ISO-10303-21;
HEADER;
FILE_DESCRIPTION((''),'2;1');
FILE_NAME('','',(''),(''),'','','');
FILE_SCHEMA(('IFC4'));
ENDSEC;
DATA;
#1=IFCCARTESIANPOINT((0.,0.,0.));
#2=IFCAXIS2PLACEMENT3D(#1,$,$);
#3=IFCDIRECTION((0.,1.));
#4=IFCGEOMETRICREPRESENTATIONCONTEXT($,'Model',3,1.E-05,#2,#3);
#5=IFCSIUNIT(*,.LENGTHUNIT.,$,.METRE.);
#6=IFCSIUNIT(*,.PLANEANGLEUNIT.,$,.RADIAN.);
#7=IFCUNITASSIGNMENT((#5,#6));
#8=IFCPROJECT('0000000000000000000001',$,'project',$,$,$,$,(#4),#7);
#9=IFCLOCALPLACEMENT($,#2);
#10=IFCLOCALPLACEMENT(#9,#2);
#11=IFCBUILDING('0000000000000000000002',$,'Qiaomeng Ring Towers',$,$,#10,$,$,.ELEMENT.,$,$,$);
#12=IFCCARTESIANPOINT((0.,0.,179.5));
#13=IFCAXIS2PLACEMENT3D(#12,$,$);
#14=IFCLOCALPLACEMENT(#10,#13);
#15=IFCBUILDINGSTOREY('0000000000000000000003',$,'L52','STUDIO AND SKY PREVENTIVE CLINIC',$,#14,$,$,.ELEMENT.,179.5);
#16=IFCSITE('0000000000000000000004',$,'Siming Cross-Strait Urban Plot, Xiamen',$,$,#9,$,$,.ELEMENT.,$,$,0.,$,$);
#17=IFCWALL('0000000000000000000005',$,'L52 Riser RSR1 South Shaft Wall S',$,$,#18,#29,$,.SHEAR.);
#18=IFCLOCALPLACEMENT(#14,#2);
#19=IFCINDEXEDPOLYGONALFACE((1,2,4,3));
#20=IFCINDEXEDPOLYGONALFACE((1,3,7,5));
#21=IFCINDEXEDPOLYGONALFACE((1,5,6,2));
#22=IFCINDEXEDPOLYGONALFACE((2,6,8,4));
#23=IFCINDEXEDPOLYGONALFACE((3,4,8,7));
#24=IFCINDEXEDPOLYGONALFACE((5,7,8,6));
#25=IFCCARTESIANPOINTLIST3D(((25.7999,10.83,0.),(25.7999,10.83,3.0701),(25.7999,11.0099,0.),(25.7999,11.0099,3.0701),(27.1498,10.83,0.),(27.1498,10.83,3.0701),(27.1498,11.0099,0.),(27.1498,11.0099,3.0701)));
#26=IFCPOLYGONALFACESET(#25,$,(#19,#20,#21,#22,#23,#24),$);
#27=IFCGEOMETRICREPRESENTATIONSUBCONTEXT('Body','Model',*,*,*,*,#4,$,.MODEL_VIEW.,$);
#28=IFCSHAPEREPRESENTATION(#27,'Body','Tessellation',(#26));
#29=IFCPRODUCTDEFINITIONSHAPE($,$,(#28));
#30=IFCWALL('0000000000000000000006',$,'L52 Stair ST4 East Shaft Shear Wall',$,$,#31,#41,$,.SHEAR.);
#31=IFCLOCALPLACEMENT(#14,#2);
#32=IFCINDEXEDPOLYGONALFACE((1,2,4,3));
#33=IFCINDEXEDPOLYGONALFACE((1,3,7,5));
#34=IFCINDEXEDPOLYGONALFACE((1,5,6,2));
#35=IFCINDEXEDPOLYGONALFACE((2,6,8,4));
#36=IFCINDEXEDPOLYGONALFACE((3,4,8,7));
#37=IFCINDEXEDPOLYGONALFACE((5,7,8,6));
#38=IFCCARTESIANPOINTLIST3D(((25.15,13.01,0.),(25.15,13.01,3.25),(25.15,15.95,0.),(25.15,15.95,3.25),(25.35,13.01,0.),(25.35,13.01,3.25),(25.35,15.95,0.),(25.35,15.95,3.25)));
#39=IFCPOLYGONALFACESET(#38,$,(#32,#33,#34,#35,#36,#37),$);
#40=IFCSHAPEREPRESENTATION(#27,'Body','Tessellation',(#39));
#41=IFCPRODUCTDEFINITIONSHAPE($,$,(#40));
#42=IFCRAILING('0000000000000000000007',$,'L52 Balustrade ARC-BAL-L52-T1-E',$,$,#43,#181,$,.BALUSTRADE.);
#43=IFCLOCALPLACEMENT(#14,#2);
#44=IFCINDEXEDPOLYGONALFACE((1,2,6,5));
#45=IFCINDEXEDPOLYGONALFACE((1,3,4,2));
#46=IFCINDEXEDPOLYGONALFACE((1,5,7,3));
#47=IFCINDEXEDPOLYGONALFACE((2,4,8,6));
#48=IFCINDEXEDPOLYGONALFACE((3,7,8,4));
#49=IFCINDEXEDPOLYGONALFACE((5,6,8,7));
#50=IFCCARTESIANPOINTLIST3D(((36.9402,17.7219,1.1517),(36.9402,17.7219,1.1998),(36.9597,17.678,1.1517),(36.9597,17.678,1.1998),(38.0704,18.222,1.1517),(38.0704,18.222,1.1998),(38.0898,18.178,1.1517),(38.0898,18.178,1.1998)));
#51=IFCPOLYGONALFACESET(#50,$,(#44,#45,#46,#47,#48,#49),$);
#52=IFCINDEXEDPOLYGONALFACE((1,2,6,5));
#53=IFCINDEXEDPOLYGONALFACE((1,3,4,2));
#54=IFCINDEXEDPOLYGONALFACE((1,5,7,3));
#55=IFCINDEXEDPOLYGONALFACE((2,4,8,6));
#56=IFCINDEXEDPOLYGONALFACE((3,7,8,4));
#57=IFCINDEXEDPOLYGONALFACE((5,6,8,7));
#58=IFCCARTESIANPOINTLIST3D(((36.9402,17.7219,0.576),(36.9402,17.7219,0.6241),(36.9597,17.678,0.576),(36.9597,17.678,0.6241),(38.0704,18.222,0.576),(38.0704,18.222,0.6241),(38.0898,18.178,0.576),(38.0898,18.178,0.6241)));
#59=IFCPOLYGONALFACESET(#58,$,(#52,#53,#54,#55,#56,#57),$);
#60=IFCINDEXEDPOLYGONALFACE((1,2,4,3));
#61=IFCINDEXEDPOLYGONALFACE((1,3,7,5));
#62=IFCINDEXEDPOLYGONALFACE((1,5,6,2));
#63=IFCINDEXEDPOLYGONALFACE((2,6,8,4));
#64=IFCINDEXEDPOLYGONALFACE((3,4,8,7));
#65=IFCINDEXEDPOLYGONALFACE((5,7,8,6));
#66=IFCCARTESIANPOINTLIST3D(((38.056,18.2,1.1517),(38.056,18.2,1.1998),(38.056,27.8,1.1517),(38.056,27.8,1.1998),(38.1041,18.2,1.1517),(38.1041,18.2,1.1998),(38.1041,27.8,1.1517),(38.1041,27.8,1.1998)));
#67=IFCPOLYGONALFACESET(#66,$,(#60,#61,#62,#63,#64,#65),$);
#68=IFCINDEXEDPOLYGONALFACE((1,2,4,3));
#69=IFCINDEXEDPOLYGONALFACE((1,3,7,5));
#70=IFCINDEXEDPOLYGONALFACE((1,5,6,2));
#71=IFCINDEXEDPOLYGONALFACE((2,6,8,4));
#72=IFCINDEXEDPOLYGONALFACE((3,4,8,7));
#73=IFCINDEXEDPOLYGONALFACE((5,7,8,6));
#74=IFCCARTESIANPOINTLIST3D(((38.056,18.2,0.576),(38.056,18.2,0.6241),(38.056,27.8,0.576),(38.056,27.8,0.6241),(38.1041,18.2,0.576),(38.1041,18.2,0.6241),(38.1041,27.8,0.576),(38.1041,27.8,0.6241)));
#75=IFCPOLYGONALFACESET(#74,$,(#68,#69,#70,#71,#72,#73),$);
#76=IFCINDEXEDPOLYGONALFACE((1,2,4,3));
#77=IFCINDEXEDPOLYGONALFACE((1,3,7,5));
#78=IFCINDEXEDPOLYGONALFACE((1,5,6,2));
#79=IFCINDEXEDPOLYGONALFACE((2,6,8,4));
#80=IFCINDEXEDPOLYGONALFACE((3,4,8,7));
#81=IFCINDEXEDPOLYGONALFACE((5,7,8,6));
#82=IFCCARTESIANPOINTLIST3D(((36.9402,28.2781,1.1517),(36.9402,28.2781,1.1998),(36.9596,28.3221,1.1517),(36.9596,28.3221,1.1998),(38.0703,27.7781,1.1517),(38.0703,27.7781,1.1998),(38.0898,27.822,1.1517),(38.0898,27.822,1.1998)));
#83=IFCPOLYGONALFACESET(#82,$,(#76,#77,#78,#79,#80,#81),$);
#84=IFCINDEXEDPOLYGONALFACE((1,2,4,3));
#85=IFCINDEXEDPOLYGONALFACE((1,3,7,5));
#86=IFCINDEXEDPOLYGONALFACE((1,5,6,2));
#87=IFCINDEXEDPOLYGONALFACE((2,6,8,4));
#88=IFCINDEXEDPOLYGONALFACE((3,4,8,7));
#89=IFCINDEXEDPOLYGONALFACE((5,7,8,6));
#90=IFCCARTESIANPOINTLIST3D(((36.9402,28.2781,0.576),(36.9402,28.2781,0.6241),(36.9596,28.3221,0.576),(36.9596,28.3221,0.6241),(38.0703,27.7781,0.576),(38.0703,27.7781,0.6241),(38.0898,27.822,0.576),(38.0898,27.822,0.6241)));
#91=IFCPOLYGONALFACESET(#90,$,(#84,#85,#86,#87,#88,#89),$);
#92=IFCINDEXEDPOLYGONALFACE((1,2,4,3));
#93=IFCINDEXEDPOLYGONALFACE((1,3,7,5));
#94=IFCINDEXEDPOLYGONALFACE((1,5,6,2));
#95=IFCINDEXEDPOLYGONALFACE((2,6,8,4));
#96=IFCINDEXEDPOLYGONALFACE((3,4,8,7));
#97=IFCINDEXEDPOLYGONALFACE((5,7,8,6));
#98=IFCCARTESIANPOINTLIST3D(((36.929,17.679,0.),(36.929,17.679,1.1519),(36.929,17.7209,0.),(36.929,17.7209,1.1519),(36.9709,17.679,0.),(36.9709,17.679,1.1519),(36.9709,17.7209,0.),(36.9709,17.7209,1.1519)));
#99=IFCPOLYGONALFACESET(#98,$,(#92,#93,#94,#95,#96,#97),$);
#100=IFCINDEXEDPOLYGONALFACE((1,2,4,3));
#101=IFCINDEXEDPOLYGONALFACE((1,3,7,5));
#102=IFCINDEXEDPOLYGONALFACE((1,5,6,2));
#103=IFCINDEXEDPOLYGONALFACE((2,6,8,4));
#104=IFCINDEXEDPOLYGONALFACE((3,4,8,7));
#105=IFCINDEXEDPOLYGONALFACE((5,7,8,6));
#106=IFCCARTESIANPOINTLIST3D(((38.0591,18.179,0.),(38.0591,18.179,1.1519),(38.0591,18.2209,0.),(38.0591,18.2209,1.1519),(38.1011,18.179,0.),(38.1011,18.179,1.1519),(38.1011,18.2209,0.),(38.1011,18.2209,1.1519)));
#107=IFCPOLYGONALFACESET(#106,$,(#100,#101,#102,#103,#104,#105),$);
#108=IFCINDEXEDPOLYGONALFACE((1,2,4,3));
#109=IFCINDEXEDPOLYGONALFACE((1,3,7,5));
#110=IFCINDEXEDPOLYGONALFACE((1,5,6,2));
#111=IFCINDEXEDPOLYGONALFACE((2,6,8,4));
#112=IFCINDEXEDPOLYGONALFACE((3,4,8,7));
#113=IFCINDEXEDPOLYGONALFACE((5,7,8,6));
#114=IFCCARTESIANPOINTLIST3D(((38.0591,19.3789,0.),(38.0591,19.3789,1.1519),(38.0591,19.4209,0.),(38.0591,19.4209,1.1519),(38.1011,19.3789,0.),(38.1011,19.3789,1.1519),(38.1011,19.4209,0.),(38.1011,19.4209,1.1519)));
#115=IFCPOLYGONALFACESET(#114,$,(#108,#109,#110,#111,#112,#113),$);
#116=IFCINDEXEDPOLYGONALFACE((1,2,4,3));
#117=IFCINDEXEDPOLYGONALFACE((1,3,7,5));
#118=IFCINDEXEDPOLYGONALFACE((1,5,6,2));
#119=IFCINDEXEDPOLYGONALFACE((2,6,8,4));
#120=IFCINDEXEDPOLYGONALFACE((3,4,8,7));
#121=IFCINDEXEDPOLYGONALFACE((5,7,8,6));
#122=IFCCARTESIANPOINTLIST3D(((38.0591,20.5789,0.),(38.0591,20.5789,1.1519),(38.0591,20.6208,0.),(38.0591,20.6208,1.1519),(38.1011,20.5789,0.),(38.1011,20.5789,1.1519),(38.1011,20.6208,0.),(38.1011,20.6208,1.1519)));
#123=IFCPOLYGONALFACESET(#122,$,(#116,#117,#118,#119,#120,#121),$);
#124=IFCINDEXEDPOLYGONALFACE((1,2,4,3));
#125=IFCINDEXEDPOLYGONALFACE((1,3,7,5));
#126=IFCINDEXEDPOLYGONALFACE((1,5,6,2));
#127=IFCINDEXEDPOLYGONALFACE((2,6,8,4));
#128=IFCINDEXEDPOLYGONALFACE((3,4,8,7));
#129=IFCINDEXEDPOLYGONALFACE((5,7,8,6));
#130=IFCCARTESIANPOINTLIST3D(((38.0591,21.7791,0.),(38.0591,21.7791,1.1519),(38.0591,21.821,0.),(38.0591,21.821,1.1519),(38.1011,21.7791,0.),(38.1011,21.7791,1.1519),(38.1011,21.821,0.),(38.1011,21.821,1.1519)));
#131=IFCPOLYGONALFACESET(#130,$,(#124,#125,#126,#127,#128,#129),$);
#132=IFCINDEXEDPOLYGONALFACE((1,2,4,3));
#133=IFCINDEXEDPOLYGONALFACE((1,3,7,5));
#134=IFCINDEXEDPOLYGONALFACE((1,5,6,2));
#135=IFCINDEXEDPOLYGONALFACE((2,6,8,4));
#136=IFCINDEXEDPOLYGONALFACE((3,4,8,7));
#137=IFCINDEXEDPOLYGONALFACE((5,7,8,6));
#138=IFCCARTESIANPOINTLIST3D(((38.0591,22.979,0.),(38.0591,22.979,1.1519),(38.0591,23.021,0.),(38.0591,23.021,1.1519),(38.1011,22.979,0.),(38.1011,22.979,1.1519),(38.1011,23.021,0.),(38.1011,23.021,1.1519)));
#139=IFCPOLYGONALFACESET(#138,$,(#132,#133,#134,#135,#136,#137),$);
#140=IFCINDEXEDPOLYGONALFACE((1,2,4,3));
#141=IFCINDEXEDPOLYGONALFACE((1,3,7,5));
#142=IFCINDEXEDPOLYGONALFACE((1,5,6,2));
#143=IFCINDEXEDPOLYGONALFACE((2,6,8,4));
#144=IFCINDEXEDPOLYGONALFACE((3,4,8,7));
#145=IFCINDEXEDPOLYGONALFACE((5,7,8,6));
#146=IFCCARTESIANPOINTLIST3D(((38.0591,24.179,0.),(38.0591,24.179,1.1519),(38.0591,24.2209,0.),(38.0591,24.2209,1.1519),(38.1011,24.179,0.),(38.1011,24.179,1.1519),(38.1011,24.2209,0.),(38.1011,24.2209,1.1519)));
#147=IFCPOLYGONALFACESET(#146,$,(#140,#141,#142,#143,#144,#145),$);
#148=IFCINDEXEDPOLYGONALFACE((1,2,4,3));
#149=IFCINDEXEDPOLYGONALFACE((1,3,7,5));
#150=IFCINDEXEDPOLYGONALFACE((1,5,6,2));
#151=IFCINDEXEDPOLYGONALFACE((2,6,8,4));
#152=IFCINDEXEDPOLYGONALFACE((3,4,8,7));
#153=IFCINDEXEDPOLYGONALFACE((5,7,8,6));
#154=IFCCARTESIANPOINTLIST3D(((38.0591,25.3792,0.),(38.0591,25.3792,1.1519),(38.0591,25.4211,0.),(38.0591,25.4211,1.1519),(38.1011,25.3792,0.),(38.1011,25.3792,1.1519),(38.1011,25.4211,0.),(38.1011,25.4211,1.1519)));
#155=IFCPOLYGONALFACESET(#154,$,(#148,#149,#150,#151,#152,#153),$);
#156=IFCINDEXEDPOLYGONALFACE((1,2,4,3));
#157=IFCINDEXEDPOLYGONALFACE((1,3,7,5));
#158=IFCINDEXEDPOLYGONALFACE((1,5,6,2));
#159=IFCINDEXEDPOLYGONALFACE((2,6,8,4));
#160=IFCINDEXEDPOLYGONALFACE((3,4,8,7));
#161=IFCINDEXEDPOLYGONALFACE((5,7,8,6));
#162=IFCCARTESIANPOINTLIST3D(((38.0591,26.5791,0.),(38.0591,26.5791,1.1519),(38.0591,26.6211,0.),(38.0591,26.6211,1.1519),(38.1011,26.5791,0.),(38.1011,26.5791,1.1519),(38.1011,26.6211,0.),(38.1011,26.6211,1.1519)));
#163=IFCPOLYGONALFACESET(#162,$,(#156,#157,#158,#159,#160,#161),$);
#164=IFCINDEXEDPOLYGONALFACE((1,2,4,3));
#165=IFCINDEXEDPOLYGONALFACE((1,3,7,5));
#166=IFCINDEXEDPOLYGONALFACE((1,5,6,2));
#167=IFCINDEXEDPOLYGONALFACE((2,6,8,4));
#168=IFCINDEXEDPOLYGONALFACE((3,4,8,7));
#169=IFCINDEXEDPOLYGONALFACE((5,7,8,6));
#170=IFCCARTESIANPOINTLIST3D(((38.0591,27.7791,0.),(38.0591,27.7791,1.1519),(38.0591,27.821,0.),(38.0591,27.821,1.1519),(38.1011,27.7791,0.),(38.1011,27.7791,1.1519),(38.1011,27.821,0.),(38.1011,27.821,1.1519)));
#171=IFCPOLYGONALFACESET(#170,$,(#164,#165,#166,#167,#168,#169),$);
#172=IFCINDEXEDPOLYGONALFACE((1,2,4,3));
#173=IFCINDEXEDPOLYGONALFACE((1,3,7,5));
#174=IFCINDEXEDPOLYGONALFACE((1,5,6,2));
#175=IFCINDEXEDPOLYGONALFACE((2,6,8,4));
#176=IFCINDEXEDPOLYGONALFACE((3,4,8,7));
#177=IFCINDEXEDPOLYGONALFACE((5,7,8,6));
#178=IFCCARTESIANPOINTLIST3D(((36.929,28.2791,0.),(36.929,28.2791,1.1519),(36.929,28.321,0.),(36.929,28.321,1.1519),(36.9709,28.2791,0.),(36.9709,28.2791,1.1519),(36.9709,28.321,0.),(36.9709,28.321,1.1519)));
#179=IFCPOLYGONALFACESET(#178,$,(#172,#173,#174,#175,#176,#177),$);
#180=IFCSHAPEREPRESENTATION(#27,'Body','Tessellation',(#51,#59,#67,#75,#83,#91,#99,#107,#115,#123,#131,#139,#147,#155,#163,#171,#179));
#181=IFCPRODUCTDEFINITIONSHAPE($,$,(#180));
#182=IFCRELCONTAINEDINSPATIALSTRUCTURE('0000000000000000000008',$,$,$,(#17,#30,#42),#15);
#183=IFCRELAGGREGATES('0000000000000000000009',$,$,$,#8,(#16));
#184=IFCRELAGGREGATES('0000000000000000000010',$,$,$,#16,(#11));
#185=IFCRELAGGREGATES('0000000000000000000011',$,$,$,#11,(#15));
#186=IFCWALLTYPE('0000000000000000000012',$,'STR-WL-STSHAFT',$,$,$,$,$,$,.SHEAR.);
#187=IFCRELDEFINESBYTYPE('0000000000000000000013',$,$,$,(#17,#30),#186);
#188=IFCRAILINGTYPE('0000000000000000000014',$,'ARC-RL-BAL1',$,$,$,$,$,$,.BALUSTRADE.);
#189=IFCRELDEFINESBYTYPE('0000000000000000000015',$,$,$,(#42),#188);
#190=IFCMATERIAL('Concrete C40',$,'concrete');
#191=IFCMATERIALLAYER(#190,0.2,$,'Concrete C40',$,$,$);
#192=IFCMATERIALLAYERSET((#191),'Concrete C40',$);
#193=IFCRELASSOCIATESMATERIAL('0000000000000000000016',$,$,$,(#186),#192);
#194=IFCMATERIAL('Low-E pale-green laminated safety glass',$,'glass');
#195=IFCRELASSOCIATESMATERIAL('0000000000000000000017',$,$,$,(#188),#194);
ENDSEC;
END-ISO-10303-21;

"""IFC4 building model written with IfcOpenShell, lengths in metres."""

from ifc_helpers import new_model, si_unit, direction, frame, frame_2d, origin, origin_2d, place, context, subcontext, project, spatial, rectangle, extrude, material, layer, layer_set, type_object, element, save


model = new_model("IFC4")

# Units and contexts
model_context = context("Model", 3, precision=1e-05, world=origin(), true_north=direction((0.0, 1.0)))
body_context = subcontext(model_context, "Body", "Model", "MODEL_VIEW")
ifc_project = project(units=[si_unit("LENGTHUNIT", "METRE"), si_unit("PLANEANGLEUNIT", "RADIAN")], contexts=[model_context])

# Site, building, storey
site_placement = place(None, origin())
site = spatial("IfcSite", under=ifc_project, at=site_placement, Name="Siming Cross-Strait Urban Plot, Xiamen", CompositionType="ELEMENT", RefElevation=0.0)
building_placement = place(site_placement, origin())
building = spatial("IfcBuilding", under=site, at=building_placement, Name="Qiaomeng Ring Towers", CompositionType="ELEMENT")
storey_placement = place(building_placement, frame((0.0, 0.0, 179.5)))
storey = spatial("IfcBuildingStorey", under=building, at=storey_placement, Name="L52", Description="STUDIO AND SKY PREVENTIVE CLINIC", CompositionType="ELEMENT", Elevation=179.5)

# Walls
ifc_material_1 = material(Name="Concrete C40", Category="concrete")
ifc_layer_1 = layer(ifc_material_1, 0.2, Name="Concrete C40")
ifc_layer_set_1 = layer_set([ifc_layer_1], Name="Concrete C40")
wall_type_1 = type_object("IfcWallType", Name="STR-WL-STSHAFT", PredefinedType="SHEAR", material=ifc_layer_set_1)
for number, where, z_axis, x_axis, name in (
    (1, (25.8, 10.9199, 0.0), (0.0, 0.0, 1.0), (1.0, 0.0, 0.0), "L52 Riser RSR1 South Shaft Wall S"),
):
    element("IfcWall", number, at=place(storey_placement, frame(where, z_axis=z_axis, x_axis=x_axis)), inside=storey, type_object=wall_type_1, Name=name, PredefinedType="SHEAR", context=body_context, shape_type="SweptSolid", body=[
        extrude(rectangle(XDim=1.3499, YDim=0.1799, at=frame_2d((0.6748, 0.0))), origin(), (0.0, 0.0, 1.0), 3.0701),
    ])
wall_1_placement = place(storey_placement, frame((25.25, 13.01, 0.0), z_axis=(0.0, 0.0, 1.0), x_axis=(0.0, 1.0, 0.0)))
element("IfcWall", 2, at=wall_1_placement, inside=storey, type_object=wall_type_1, Name="L52 Stair ST4 East Shaft Shear Wall", PredefinedType="SHEAR", context=body_context, shape_type="SweptSolid", body=[
    extrude(rectangle(XDim=2.9399, YDim=0.2, at=frame_2d((1.47, 0.0))), origin(), (0.0, 0.0, 1.0), 3.25),
])

# Railing
ifc_material_2 = material(Name="Low-E pale-green laminated safety glass", Category="glass")
railing_type = type_object("IfcRailingType", Name="ARC-RL-BAL1", PredefinedType="BALUSTRADE", material=ifc_material_2)
railing_placement = place(storey_placement, frame((36.95, 17.7, 0.0)))
element("IfcRailing", 3, at=railing_placement, inside=storey, type_object=railing_type, Name="L52 Balustrade ARC-BAL-L52-T1-E", PredefinedType="BALUSTRADE", context=body_context, shape_type="SweptSolid", body=[
    extrude(rectangle(XDim=0.0481, YDim=0.0481, at=origin_2d()), frame((0.0, 0.0, 1.1758), z_axis=(0.914495, 0.404598, 0.0), x_axis=(-0.404598, 0.914495, 0.0)), (0.0, 0.0, 1.0), 1.2358),
    extrude(rectangle(XDim=0.0481, YDim=0.0481, at=origin_2d()), frame((0.0, 0.0, 0.6001), z_axis=(0.914495, 0.404598, 0.0), x_axis=(-0.404598, 0.914495, 0.0)), (0.0, 0.0, 1.0), 1.2358),
    extrude(rectangle(XDim=0.0481, YDim=0.0481, at=origin_2d()), frame((1.1301, 0.5, 1.1758), z_axis=(0.0, 1.0, 0.0), x_axis=(-1.0, 0.0, 0.0)), (0.0, 0.0, 1.0), 9.6001),
    extrude(rectangle(XDim=0.0481, YDim=0.0481, at=origin_2d()), frame((1.1301, 0.5, 0.6001), z_axis=(0.0, 1.0, 0.0), x_axis=(-1.0, 0.0, 0.0)), (0.0, 0.0, 1.0), 9.6001),
    extrude(rectangle(XDim=0.0481, YDim=0.0481, at=origin_2d()), frame((1.1301, 10.1001, 1.1758), z_axis=(-0.914495, 0.404598, 0.0), x_axis=(-0.404598, -0.914495, 0.0)), (0.0, 0.0, 1.0), 1.2358),
    extrude(rectangle(XDim=0.0481, YDim=0.0481, at=origin_2d()), frame((1.1301, 10.1001, 0.6001), z_axis=(-0.914495, 0.404598, 0.0), x_axis=(-0.404598, -0.914495, 0.0)), (0.0, 0.0, 1.0), 1.2358),
    extrude(rectangle(XDim=0.042, YDim=0.042, at=origin_2d()), origin(), (0.0, 0.0, 1.0), 1.1519),
    extrude(rectangle(XDim=0.042, YDim=0.042, at=origin_2d()), frame((1.1301, 0.5, 0.0)), (0.0, 0.0, 1.0), 1.1519),
    extrude(rectangle(XDim=0.042, YDim=0.042, at=origin_2d()), frame((1.1301, 1.7, 0.0)), (0.0, 0.0, 1.0), 1.1519),
    extrude(rectangle(XDim=0.042, YDim=0.042, at=origin_2d()), frame((1.1301, 2.8999, 0.0)), (0.0, 0.0, 1.0), 1.1519),
    extrude(rectangle(XDim=0.042, YDim=0.042, at=origin_2d()), frame((1.1301, 4.1001, 0.0)), (0.0, 0.0, 1.0), 1.1519),
    extrude(rectangle(XDim=0.042, YDim=0.042, at=origin_2d()), frame((1.1301, 5.3, 0.0)), (0.0, 0.0, 1.0), 1.1519),
    extrude(rectangle(XDim=0.042, YDim=0.042, at=origin_2d()), frame((1.1301, 6.5, 0.0)), (0.0, 0.0, 1.0), 1.1519),
    extrude(rectangle(XDim=0.042, YDim=0.042, at=origin_2d()), frame((1.1301, 7.7002, 0.0)), (0.0, 0.0, 1.0), 1.1519),
    extrude(rectangle(XDim=0.042, YDim=0.042, at=origin_2d()), frame((1.1301, 8.9001, 0.0)), (0.0, 0.0, 1.0), 1.1519),
    extrude(rectangle(XDim=0.042, YDim=0.042, at=origin_2d()), frame((1.1301, 10.1001, 0.0)), (0.0, 0.0, 1.0), 1.1519),
    extrude(rectangle(XDim=0.042, YDim=0.042, at=origin_2d()), frame((0.0, 10.6001, 0.0)), (0.0, 0.0, 1.0), 1.1519),
])

save(model, "model.ifc")
